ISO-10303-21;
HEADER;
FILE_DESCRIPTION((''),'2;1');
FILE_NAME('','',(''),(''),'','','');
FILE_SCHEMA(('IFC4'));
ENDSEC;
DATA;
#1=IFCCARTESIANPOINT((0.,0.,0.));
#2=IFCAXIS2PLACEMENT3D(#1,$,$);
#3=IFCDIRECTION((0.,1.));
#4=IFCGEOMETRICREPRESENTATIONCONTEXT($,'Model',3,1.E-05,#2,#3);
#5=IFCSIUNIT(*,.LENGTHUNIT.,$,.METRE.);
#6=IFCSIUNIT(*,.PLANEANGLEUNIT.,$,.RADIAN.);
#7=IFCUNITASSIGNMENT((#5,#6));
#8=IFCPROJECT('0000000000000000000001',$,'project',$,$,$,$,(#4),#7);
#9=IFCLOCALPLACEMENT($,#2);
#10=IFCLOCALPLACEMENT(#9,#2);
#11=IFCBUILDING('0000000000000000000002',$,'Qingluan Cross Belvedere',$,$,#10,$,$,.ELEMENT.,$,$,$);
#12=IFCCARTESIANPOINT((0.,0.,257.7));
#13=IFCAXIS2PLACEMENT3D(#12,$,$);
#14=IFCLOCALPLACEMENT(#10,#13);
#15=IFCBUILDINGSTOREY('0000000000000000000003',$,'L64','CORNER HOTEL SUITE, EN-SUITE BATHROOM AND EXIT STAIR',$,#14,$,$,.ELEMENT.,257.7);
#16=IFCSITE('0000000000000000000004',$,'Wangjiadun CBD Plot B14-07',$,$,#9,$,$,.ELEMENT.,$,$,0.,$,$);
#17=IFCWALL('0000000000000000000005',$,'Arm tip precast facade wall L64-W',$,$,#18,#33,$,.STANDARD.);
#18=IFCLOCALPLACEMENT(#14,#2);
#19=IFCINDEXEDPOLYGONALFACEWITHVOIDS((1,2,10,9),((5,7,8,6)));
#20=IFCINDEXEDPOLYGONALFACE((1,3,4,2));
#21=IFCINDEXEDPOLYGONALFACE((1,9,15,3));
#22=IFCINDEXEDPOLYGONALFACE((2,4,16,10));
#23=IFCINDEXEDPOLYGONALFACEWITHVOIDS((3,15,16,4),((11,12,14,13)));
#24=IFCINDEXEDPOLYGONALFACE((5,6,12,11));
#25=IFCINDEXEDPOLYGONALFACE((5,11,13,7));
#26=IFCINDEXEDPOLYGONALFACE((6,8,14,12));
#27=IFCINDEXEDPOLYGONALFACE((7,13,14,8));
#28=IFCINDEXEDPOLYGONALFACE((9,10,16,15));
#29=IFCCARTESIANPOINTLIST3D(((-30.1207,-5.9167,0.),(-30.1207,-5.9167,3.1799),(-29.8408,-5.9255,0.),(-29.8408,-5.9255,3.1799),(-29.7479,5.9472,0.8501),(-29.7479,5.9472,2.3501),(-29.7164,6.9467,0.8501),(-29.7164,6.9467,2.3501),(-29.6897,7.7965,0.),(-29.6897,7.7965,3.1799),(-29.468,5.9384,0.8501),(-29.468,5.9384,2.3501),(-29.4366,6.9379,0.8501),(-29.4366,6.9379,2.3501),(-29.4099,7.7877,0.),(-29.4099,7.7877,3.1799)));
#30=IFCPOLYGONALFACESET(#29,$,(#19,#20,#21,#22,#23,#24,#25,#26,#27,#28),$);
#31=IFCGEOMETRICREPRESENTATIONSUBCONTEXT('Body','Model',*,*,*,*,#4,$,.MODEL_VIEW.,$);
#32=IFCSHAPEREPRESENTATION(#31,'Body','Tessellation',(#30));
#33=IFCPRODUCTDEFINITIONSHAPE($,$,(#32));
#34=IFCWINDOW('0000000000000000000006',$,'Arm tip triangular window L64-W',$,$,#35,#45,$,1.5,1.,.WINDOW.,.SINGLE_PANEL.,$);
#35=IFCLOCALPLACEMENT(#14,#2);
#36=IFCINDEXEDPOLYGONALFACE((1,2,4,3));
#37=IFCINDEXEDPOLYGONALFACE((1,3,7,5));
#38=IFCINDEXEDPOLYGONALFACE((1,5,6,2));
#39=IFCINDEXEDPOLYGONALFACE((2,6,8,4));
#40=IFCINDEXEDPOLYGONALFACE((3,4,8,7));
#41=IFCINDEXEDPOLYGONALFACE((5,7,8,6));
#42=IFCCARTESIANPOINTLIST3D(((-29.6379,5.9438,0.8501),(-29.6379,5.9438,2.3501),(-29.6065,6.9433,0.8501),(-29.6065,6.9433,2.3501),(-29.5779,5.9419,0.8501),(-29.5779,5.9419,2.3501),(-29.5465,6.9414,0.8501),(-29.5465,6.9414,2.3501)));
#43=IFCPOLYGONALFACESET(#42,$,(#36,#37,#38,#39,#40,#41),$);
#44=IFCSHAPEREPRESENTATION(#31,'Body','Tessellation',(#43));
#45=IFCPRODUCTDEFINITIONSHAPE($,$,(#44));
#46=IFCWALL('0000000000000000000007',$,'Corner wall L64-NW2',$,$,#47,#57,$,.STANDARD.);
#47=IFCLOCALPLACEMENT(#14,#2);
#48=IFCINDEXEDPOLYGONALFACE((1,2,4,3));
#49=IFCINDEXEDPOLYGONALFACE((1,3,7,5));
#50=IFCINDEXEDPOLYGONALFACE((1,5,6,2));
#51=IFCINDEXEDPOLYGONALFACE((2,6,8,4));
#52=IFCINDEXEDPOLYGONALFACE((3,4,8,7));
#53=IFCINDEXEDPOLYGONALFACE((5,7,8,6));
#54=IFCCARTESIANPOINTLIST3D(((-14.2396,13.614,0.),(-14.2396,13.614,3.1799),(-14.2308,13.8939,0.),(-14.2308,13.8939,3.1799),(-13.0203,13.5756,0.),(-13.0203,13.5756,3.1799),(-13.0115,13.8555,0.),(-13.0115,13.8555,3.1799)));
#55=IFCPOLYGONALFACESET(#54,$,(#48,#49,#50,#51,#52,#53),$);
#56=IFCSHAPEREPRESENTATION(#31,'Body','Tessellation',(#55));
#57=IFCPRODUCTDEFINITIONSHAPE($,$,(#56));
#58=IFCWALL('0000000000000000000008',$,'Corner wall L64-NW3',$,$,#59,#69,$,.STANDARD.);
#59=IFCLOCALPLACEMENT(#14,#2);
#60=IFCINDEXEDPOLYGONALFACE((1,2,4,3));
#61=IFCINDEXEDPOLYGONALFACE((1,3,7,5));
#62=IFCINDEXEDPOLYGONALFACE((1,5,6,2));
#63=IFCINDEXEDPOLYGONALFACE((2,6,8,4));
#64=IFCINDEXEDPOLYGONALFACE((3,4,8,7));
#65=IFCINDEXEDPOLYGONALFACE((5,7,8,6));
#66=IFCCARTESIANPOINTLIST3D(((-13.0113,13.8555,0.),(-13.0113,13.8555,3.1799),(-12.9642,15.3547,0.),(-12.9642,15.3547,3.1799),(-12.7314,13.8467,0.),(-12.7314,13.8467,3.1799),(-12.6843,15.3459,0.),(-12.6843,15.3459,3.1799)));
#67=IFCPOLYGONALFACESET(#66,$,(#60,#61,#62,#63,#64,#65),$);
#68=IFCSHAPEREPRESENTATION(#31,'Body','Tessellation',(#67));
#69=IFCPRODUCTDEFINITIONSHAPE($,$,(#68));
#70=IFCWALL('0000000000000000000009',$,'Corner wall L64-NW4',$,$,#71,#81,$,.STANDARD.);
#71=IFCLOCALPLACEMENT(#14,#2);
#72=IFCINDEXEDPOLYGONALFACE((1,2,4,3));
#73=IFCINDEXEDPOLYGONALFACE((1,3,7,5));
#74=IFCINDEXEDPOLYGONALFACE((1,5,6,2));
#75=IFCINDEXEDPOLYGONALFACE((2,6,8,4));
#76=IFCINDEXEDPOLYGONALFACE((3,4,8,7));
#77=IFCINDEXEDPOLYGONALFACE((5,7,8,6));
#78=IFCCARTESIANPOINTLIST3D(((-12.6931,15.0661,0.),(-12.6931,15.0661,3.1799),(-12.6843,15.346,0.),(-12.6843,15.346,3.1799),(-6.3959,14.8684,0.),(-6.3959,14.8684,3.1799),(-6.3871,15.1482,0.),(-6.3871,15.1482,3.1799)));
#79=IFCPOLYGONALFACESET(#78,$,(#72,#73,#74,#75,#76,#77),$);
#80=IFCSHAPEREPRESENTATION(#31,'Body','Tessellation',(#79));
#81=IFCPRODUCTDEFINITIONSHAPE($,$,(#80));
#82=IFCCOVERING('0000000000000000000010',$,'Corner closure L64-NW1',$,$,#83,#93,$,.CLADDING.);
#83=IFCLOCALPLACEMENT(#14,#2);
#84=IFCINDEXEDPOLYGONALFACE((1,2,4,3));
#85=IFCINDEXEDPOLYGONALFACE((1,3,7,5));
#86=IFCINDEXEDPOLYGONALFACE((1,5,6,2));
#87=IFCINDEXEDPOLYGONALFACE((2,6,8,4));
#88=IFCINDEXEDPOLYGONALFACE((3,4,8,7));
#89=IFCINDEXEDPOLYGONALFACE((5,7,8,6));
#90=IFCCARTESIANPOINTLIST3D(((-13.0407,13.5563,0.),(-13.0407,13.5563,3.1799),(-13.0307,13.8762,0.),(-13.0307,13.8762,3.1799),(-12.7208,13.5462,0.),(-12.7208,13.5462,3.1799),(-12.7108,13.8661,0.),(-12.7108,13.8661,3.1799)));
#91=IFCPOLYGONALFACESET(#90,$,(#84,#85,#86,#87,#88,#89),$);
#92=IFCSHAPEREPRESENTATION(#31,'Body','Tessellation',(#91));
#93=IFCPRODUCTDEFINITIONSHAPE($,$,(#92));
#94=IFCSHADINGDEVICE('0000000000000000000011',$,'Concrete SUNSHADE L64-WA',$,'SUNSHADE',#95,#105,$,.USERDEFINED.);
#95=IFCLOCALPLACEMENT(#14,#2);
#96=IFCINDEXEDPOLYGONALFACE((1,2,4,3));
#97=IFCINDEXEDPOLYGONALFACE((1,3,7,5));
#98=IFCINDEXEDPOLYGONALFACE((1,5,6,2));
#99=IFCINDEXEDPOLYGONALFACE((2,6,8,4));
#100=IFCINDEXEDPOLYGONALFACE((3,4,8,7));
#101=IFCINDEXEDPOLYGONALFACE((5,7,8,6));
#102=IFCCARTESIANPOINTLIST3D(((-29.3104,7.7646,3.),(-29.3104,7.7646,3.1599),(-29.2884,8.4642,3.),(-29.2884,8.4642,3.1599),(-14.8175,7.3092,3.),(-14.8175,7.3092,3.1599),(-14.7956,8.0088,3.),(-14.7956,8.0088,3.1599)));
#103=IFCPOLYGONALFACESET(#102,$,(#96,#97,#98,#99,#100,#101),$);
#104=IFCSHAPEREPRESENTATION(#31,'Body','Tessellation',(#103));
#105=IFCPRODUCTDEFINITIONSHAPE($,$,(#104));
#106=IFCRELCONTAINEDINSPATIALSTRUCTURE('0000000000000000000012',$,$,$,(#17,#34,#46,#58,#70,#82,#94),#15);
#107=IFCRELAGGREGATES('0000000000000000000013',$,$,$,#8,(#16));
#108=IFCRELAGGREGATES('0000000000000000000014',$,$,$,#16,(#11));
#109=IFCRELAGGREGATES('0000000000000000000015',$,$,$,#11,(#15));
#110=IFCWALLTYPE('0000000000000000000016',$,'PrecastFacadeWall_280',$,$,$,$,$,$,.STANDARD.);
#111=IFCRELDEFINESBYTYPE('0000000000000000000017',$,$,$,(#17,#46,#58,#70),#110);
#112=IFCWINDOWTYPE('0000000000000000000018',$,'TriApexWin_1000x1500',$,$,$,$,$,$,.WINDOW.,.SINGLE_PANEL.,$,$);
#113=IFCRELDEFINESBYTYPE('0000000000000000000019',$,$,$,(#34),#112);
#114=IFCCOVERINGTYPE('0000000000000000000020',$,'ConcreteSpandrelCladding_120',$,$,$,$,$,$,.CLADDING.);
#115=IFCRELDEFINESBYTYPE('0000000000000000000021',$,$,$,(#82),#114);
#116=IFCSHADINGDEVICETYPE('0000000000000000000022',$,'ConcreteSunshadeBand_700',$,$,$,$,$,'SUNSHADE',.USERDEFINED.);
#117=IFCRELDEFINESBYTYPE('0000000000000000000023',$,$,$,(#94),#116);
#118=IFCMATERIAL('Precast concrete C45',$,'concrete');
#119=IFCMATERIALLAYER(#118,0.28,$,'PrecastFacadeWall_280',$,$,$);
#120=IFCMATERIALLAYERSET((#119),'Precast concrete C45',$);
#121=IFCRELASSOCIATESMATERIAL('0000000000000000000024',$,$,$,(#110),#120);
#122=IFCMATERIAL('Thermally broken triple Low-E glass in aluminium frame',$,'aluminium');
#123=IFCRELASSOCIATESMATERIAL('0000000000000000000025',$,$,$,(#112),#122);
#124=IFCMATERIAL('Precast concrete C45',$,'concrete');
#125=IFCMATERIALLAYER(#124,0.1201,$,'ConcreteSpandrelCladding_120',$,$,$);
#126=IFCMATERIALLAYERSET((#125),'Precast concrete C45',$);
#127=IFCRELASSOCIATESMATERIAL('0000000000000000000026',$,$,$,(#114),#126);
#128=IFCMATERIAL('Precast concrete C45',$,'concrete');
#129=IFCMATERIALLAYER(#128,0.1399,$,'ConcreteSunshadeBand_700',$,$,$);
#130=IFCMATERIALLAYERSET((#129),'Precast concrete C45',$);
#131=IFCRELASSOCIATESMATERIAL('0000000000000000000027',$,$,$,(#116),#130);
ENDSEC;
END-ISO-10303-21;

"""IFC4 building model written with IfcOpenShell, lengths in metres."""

from ifc_helpers import new_model, si_unit, direction, frame, frame_2d, origin, origin_2d, place, context, subcontext, project, spatial, rectangle, extrude, material, layer, layer_set, type_object, element, fill, save


model = new_model("IFC4")

# Units and contexts
model_context = context("Model", 3, precision=1e-05, world=origin(), true_north=direction((0.0, 1.0)))
body_context = subcontext(model_context, "Body", "Model", "MODEL_VIEW")
ifc_project = project(units=[si_unit("LENGTHUNIT", "METRE"), si_unit("PLANEANGLEUNIT", "RADIAN")], contexts=[model_context])

# Site, building, storey
site_placement = place(None, origin())
site = spatial("IfcSite", under=ifc_project, at=site_placement, Name="Wangjiadun CBD Plot B14-07", CompositionType="ELEMENT", RefElevation=0.0)
building_placement = place(site_placement, origin())
building = spatial("IfcBuilding", under=site, at=building_placement, Name="Qingluan Cross Belvedere", CompositionType="ELEMENT")
storey_placement = place(building_placement, frame((0.0, 0.0, 257.7)))
storey = spatial("IfcBuildingStorey", under=building, at=storey_placement, Name="L64", Description="CORNER HOTEL SUITE, EN-SUITE BATHROOM AND EXIT STAIR", CompositionType="ELEMENT", Elevation=257.7)

# Wall, opening, window
ifc_material_1 = material(Name="Precast concrete C45", Category="concrete")
ifc_layer_1 = layer(ifc_material_1, 0.28, Name="PrecastFacadeWall_280")
ifc_layer_set_1 = layer_set([ifc_layer_1], Name="Precast concrete C45")
wall_type_1 = type_object("IfcWallType", Name="PrecastFacadeWall_280", PredefinedType="STANDARD", material=ifc_layer_set_1)
wall_1_placement = place(storey_placement, frame((-29.5498, 7.792, 0.0), z_axis=(0.0, 0.0, 1.0), x_axis=(-0.031408, -0.999507, 0.0)))
wall_1 = element("IfcWall", 1, at=wall_1_placement, inside=storey, type_object=wall_type_1, Name="Arm tip precast facade wall L64-W", PredefinedType="STANDARD", context=body_context, shape_type="SweptSolid", body=[
    extrude(rectangle(XDim=13.72, YDim=0.28, at=frame_2d((6.8599, 0.0))), origin(), (0.0, 0.0, 1.0), 3.1799),
])
opening_placement = place(wall_1_placement, frame((0.8501, 0.0, 0.8501)))
opening = element("IfcOpeningElement", 2, at=opening_placement, cuts=wall_1, PredefinedType="OPENING", context=body_context, shape_type="SweptSolid", body=[
    extrude(rectangle(XDim=1.0, YDim=1.5, at=frame_2d((0.5, 0.75))), frame((0.0, 0.1499, 0.0), z_axis=(0.0, -1.0, 0.0), x_axis=(1.0, 0.0, 0.0)), (0.0, 0.0, 1.0), 0.3),
])
ifc_material_2 = material(Name="Thermally broken triple Low-E glass in aluminium frame", Category="aluminium")
window_type = type_object("IfcWindowType", Name="TriApexWin_1000x1500", PartitioningType="SINGLE_PANEL", PredefinedType="WINDOW", material=ifc_material_2)
window_placement = place(opening_placement, origin())
window = element("IfcWindow", 3, at=window_placement, inside=storey, type_object=window_type, Name="Arm tip triangular window L64-W", OverallHeight=1.5, OverallWidth=1.0, PartitioningType="SINGLE_PANEL", PredefinedType="WINDOW", context=body_context, shape_type="SweptSolid", body=[
    extrude(rectangle(XDim=1.0, YDim=1.5, at=frame_2d((0.5, 0.75))), frame((0.0, 0.03, 0.0), z_axis=(0.0, -1.0, 0.0), x_axis=(1.0, 0.0, 0.0)), (0.0, 0.0, 1.0), 0.0601),
])
fill(opening, window)

# Walls
wall_2_placement = place(storey_placement, frame((-14.2351, 13.7539, 0.0), z_axis=(0.0, 0.0, 1.0), x_axis=(0.999506, -0.031416, 0.0)))
element("IfcWall", 4, at=wall_2_placement, inside=storey, type_object=wall_type_1, Name="Corner wall L64-NW2", PredefinedType="STANDARD", context=body_context, shape_type="SweptSolid", body=[
    extrude(rectangle(XDim=1.22, YDim=0.28, at=frame_2d((0.6099, 0.0))), origin(), (0.0, 0.0, 1.0), 3.1799),
])
wall_3_placement = place(storey_placement, frame((-12.8713, 13.8511, 0.0), z_axis=(0.0, 0.0, 1.0), x_axis=(0.031413, 0.999507, 0.0)))
element("IfcWall", 5, at=wall_3_placement, inside=storey, type_object=wall_type_1, Name="Corner wall L64-NW3", PredefinedType="STANDARD", context=body_context, shape_type="SweptSolid", body=[
    extrude(rectangle(XDim=1.5, YDim=0.28, at=frame_2d((0.75, 0.0))), origin(), (0.0, 0.0, 1.0), 3.1799),
])
wall_4_placement = place(storey_placement, frame((-12.6887, 15.2061, 0.0), z_axis=(0.0, 0.0, 1.0), x_axis=(0.999507, -0.031388, 0.0)))
element("IfcWall", 6, at=wall_4_placement, inside=storey, type_object=wall_type_1, Name="Corner wall L64-NW4", PredefinedType="STANDARD", context=body_context, shape_type="SweptSolid", body=[
    extrude(rectangle(XDim=6.3003, YDim=0.28, at=frame_2d((3.1501, 0.0))), origin(), (0.0, 0.0, 1.0), 3.1799),
])

# Covering
ifc_material_3 = material(Name="Precast concrete C45", Category="concrete")
ifc_layer_2 = layer(ifc_material_3, 0.1201, Name="ConcreteSpandrelCladding_120")
ifc_layer_set_2 = layer_set([ifc_layer_2], Name="Precast concrete C45")
covering_type = type_object("IfcCoveringType", Name="ConcreteSpandrelCladding_120", PredefinedType="CLADDING", material=ifc_layer_set_2)
covering_placement = place(storey_placement, frame((-12.8757, 13.7112, 0.0), z_axis=(0.0, 0.0, 1.0), x_axis=(0.999507, -0.031411, 0.0)))
element("IfcCovering", 7, at=covering_placement, inside=storey, type_object=covering_type, Name="Corner closure L64-NW1", PredefinedType="CLADDING", context=body_context, shape_type="SweptSolid", body=[
    extrude(rectangle(XDim=0.3201, YDim=0.3201, at=origin_2d()), origin(), (0.0, 0.0, 1.0), 3.1799),
])

# Shading device
ifc_material_4 = material(Name="Precast concrete C45", Category="concrete")
ifc_layer_3 = layer(ifc_material_4, 0.1399, Name="ConcreteSunshadeBand_700")
ifc_layer_set_3 = layer_set([ifc_layer_3], Name="Precast concrete C45")
shading_device_type = type_object("IfcShadingDeviceType", Name="ConcreteSunshadeBand_700", ElementType="SUNSHADE", PredefinedType="USERDEFINED", material=ifc_layer_set_3)
shading_device_placement = place(storey_placement, frame((-22.053, 7.8867, 3.0), z_axis=(0.0, 0.0, 1.0), x_axis=(-0.999507, 0.031408, 0.0)))
element("IfcShadingDevice", 8, at=shading_device_placement, inside=storey, type_object=shading_device_type, Name="Concrete SUNSHADE L64-WA", ObjectType="SUNSHADE", PredefinedType="USERDEFINED", context=body_context, shape_type="SweptSolid", body=[
    extrude(rectangle(XDim=14.5, YDim=0.7, at=origin_2d()), origin(), (0.0, 0.0, 1.0), 0.1599),
])

save(model, "model.ifc")
